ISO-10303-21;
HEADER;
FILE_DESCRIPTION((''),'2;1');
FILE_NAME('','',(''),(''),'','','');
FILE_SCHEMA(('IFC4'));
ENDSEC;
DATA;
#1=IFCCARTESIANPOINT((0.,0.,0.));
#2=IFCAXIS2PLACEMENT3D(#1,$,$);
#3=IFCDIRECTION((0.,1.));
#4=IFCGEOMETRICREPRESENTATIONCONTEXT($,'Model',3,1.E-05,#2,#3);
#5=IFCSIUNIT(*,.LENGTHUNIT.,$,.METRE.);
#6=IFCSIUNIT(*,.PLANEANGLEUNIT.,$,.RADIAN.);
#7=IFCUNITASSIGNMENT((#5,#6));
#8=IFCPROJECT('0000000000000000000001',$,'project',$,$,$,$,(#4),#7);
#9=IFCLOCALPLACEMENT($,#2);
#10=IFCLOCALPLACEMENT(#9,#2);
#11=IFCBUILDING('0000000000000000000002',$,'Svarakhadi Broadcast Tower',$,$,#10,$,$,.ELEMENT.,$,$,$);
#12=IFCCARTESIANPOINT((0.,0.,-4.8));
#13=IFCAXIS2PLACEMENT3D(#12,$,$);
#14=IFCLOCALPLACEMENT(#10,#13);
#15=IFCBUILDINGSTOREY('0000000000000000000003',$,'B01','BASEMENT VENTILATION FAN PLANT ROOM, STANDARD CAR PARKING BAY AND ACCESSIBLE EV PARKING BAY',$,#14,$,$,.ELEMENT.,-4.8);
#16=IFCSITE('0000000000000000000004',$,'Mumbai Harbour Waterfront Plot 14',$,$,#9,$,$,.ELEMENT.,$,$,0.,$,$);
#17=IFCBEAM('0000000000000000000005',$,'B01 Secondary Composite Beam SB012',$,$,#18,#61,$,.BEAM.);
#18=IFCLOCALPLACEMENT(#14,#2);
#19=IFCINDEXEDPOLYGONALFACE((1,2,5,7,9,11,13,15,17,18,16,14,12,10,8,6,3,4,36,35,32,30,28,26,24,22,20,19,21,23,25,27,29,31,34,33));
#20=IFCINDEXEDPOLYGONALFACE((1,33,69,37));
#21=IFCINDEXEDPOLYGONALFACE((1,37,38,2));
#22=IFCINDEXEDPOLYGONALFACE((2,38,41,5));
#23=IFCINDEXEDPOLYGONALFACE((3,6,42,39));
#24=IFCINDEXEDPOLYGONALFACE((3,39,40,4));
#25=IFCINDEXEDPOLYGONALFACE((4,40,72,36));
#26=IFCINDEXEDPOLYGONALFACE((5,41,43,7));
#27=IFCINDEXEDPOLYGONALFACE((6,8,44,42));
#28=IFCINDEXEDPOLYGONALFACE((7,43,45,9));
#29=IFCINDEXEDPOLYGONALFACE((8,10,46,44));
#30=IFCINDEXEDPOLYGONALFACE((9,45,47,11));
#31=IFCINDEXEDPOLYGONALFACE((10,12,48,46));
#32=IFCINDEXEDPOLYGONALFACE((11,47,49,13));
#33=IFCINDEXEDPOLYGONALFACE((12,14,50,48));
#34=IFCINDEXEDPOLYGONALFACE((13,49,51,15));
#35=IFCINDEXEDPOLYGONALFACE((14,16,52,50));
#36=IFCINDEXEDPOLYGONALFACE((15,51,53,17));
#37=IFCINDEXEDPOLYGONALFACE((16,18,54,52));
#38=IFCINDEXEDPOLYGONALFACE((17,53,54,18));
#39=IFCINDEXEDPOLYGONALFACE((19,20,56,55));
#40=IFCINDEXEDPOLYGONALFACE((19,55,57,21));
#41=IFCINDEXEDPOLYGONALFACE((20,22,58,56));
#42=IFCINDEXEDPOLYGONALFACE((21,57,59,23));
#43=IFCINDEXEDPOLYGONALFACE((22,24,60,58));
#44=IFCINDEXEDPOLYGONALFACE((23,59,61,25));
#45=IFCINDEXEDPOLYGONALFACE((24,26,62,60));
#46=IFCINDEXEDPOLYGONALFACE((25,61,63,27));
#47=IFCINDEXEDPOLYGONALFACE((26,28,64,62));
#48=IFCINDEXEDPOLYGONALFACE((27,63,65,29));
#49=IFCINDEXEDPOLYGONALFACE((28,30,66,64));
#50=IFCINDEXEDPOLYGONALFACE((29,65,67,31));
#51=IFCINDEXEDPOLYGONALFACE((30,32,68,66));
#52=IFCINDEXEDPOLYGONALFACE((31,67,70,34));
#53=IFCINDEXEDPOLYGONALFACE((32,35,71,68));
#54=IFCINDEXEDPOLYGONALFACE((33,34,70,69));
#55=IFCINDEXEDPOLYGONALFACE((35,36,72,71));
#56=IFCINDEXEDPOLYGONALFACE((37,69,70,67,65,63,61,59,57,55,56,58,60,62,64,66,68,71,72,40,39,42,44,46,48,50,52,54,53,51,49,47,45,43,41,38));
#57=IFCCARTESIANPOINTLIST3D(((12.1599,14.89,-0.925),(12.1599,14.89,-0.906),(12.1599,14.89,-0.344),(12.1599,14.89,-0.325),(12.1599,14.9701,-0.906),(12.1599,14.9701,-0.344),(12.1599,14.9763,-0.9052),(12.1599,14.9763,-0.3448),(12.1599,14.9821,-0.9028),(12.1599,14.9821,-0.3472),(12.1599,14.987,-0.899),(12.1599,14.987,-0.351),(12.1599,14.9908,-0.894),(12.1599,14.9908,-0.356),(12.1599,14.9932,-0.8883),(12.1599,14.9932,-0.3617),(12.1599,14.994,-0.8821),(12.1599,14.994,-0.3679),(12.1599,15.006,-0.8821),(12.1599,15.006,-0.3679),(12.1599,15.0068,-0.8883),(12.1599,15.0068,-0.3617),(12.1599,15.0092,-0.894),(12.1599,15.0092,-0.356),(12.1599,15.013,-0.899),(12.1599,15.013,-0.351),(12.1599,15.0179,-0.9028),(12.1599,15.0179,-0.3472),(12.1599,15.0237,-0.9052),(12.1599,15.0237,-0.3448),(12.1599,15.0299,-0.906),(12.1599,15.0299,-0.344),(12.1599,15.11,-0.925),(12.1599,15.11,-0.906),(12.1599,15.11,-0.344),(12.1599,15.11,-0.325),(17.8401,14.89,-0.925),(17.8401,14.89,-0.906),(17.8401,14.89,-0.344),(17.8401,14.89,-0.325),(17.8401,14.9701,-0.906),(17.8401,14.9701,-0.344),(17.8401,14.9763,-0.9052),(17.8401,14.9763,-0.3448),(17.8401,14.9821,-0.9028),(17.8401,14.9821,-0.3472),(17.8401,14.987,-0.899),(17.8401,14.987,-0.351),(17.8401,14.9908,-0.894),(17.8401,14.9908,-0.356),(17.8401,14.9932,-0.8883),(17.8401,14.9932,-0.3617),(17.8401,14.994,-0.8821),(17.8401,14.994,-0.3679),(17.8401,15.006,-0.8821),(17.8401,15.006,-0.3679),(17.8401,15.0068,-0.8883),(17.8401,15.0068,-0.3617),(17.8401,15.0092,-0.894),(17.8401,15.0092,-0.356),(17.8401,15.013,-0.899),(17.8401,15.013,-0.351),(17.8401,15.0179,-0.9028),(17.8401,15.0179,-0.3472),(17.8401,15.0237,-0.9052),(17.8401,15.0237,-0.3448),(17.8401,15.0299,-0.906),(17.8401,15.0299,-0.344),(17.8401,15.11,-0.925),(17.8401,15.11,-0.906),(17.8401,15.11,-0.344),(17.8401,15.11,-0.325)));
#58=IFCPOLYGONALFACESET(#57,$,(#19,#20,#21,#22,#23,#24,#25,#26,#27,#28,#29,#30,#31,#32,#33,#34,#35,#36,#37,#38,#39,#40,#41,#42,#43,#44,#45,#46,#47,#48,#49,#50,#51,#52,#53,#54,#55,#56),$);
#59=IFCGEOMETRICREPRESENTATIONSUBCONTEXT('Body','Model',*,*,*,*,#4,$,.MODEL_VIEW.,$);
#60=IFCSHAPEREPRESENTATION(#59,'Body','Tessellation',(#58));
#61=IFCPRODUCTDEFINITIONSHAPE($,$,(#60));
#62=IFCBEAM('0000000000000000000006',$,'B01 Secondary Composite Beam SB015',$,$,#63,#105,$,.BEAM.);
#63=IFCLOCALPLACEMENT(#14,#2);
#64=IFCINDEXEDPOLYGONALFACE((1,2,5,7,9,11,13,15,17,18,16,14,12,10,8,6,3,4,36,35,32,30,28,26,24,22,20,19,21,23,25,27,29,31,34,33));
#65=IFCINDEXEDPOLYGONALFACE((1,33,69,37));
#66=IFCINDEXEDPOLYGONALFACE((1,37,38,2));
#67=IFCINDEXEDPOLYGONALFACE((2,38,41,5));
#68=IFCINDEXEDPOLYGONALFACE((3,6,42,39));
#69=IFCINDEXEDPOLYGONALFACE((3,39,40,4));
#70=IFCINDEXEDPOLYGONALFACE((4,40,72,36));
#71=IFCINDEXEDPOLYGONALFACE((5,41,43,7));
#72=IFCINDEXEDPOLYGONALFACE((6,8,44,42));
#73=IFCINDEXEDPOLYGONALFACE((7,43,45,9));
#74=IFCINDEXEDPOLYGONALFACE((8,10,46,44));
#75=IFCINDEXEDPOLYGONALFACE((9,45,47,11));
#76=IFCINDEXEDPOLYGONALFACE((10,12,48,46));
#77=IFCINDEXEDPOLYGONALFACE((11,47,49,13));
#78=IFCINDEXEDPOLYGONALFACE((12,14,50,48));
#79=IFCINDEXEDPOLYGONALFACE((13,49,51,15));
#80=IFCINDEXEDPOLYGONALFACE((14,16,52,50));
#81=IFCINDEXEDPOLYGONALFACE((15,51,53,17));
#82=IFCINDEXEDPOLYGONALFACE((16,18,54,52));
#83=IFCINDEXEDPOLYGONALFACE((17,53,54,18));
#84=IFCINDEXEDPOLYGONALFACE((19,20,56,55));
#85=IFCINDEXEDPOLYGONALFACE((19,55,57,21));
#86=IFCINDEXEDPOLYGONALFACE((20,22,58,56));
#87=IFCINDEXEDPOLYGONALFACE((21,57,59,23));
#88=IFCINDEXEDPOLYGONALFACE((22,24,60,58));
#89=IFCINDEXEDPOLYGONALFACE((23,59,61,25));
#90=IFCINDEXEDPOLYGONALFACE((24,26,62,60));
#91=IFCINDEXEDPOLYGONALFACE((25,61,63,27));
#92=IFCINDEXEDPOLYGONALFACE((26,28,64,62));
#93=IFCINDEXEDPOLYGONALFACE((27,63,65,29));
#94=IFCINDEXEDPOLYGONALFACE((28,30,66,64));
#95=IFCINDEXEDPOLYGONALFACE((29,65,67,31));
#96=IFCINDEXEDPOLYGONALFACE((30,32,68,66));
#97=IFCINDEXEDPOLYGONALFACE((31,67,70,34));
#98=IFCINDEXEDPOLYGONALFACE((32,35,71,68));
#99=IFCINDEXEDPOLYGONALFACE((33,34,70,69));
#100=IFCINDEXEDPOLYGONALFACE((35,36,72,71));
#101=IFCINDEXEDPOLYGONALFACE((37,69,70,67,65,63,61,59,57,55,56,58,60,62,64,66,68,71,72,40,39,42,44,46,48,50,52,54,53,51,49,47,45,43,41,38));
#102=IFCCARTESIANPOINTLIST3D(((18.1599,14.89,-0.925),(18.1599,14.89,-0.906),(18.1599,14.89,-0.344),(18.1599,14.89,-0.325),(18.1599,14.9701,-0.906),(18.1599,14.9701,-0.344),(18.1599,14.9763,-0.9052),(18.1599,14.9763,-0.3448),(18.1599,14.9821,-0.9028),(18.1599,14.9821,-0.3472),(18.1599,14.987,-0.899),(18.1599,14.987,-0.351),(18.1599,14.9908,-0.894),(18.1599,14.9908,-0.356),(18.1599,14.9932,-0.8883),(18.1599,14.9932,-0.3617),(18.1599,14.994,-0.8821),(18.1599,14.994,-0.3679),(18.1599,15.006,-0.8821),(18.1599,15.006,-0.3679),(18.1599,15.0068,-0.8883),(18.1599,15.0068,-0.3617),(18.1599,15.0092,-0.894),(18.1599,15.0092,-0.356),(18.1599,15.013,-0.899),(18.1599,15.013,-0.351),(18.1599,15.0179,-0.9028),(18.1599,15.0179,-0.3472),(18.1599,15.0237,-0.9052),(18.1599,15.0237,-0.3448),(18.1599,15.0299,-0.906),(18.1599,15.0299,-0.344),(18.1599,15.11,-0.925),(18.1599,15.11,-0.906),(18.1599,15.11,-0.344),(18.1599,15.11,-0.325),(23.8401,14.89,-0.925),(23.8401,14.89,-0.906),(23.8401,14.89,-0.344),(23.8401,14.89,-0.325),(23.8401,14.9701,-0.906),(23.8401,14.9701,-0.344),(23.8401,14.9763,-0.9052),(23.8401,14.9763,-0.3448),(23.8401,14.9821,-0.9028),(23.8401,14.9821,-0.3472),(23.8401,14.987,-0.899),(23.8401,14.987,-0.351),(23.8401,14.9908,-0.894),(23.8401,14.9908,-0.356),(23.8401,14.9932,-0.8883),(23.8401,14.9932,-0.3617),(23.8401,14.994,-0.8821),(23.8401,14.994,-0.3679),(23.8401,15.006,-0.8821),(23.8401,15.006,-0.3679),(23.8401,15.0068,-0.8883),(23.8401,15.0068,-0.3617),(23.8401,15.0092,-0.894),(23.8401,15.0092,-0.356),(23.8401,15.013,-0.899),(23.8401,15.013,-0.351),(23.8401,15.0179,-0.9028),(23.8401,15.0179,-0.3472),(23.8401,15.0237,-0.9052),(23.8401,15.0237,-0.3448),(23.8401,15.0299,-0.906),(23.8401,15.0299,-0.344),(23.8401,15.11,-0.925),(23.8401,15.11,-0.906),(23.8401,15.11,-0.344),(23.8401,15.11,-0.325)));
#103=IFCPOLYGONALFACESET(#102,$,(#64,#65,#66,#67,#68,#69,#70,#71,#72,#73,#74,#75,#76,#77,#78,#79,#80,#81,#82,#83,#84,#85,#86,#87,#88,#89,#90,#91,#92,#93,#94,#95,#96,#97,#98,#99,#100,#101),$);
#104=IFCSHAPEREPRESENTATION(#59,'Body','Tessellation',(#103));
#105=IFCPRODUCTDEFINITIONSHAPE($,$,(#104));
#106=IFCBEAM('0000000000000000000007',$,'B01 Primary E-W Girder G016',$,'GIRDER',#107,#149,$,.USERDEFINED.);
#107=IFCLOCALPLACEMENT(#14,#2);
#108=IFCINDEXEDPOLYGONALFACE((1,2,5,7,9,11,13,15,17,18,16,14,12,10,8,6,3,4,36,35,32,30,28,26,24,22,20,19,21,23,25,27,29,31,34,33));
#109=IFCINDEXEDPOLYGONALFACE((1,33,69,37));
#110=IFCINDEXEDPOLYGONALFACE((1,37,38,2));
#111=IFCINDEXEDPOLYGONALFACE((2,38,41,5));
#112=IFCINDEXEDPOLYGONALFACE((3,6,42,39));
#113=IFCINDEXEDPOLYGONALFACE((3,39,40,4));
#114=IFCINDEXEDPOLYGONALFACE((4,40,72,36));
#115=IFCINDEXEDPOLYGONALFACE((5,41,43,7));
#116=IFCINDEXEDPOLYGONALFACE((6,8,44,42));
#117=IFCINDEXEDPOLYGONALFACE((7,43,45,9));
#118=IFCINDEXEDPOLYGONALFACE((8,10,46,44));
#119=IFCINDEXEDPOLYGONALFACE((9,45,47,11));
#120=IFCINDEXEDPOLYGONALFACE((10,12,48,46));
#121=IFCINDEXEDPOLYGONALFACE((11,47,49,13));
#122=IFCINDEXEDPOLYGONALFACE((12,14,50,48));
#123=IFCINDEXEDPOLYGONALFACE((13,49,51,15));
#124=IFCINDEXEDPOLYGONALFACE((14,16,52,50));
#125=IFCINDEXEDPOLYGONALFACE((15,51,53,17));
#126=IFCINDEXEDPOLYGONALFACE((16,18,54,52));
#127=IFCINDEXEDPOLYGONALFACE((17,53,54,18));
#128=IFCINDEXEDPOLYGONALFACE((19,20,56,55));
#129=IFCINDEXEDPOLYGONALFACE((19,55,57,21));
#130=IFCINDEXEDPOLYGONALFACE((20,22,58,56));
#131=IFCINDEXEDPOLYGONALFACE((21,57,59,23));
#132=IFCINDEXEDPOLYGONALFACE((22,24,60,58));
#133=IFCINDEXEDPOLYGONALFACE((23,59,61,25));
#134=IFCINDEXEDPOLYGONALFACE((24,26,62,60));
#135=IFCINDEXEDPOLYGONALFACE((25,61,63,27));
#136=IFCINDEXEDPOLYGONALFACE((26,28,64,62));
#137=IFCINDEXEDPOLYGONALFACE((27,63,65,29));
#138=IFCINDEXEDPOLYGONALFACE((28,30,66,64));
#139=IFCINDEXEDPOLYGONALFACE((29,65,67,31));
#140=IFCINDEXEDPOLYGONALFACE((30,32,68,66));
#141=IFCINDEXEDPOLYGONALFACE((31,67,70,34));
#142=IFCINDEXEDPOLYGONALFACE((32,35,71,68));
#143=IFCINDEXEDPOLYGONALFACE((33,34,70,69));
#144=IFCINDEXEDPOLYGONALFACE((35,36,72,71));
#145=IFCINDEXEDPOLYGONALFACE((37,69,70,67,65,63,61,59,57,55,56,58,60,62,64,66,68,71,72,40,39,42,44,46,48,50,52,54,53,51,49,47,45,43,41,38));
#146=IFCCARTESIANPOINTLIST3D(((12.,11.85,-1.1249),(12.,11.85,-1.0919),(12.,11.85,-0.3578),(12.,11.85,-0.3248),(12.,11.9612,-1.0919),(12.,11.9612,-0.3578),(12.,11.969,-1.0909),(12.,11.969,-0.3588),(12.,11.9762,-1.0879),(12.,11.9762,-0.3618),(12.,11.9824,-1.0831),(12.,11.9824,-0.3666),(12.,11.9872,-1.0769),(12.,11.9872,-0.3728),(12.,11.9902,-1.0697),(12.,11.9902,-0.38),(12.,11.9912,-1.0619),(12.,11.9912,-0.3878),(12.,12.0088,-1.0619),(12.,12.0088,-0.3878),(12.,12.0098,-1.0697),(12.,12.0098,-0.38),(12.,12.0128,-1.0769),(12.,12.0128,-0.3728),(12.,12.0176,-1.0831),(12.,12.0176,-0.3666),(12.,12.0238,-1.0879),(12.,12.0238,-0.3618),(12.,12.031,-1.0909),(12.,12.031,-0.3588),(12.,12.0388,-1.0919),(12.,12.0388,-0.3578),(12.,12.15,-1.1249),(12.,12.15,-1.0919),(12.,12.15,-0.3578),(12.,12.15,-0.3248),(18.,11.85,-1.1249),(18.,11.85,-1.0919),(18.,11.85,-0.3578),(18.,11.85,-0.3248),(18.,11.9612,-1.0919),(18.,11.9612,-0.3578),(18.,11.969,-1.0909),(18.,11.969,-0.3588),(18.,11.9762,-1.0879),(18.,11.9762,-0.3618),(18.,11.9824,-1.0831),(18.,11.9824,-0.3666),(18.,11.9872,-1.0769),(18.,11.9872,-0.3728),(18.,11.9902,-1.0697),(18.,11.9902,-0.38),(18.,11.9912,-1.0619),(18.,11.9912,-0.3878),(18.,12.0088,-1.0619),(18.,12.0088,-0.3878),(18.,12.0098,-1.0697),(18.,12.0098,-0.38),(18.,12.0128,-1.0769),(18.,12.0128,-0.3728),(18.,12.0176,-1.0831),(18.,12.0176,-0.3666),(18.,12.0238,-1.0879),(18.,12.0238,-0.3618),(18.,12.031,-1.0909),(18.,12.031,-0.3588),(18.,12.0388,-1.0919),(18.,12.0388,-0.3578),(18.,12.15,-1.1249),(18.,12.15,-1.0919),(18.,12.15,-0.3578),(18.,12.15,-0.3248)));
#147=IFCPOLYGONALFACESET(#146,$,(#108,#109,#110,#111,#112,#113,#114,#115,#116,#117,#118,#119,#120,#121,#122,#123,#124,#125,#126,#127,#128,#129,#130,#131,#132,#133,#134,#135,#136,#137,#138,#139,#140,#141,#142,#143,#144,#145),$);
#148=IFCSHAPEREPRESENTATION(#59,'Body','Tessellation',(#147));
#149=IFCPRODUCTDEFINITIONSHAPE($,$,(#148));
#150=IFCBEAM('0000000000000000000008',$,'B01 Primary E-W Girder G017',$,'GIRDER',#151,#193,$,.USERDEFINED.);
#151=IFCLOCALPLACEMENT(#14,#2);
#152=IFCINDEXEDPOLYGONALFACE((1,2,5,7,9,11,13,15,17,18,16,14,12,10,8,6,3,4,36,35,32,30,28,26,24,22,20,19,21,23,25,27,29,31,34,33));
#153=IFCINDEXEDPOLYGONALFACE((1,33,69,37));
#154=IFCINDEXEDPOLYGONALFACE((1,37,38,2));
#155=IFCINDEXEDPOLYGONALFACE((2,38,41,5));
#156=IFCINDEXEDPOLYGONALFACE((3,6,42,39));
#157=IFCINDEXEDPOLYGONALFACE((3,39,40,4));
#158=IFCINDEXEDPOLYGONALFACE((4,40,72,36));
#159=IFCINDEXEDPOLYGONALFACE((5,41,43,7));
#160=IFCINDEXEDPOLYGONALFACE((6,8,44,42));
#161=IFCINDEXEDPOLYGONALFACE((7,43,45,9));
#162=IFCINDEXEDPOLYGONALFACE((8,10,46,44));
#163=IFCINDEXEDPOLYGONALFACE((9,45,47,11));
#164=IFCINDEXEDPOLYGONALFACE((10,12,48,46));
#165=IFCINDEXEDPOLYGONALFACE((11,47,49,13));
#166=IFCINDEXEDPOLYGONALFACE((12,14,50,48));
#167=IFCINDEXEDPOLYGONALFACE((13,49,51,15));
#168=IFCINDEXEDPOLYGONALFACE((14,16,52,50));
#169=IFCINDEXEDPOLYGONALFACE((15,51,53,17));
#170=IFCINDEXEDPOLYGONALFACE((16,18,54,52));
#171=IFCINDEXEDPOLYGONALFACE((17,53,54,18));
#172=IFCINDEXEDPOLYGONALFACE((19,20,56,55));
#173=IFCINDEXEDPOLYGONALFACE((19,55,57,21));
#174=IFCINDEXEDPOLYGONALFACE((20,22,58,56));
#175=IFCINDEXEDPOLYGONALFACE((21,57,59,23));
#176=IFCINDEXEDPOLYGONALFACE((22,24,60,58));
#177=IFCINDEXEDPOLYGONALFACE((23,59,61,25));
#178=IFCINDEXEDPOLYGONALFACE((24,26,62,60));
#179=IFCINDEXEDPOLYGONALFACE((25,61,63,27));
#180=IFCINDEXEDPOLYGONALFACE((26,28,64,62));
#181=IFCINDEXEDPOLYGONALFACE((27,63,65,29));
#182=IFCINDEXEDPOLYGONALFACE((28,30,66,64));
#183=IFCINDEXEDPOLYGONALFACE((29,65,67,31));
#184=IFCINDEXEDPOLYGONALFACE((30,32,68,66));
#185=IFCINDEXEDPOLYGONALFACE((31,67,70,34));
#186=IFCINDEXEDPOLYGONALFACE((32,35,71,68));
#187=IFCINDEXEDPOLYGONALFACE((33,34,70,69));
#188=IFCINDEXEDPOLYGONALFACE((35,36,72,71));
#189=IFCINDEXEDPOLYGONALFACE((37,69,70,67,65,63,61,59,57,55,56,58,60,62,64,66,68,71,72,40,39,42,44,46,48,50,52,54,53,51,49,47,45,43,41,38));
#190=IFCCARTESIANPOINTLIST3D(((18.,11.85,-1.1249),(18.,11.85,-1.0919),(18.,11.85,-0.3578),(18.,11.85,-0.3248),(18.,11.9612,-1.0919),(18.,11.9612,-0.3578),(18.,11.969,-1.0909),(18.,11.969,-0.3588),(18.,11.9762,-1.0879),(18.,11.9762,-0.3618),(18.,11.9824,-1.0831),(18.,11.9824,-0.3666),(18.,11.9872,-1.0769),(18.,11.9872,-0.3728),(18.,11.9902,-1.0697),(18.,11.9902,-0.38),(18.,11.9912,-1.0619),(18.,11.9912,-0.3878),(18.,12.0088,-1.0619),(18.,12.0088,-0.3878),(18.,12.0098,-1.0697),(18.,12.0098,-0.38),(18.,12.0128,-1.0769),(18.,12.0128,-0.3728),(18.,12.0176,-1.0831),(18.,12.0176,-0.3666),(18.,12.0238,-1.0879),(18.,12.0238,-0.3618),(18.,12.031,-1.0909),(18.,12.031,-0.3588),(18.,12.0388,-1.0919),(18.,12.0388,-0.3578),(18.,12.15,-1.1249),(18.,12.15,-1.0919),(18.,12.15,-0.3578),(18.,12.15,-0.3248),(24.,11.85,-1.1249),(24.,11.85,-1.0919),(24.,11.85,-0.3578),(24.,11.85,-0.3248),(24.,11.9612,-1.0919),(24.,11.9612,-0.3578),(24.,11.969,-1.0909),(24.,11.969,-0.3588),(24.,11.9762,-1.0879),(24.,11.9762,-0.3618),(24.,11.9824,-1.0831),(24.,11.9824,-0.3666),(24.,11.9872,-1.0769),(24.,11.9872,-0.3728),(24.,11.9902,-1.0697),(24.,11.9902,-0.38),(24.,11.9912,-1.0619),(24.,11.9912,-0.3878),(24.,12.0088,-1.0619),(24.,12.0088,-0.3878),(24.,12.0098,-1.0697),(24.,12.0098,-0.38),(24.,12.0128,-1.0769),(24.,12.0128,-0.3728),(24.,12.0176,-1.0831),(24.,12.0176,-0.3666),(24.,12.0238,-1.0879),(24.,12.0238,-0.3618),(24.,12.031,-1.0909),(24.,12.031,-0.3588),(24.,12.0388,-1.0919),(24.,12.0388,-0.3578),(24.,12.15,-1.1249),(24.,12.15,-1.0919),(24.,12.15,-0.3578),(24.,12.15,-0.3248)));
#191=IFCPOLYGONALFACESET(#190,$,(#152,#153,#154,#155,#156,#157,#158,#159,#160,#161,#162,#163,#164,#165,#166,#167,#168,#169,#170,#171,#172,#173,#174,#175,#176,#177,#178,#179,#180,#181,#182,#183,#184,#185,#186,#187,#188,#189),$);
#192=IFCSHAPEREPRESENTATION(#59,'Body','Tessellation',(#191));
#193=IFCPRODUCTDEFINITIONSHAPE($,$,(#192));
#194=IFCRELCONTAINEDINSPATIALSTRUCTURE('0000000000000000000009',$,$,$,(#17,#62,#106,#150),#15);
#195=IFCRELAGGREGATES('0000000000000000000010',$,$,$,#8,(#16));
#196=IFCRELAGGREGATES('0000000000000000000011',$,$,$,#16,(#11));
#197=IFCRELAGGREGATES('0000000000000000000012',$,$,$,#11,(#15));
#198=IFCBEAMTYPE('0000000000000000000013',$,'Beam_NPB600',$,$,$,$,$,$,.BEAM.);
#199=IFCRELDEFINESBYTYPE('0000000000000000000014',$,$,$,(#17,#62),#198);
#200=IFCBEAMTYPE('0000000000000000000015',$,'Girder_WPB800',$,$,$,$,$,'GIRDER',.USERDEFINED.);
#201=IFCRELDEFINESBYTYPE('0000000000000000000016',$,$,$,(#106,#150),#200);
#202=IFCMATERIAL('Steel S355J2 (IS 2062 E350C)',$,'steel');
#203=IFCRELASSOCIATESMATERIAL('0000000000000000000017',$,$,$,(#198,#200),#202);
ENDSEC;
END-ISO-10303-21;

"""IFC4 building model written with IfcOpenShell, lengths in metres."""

from ifc_helpers import new_model, si_unit, direction, frame, origin, origin_2d, place, context, subcontext, project, spatial, i_section, extrude, material, material_profile, profile_set, type_object, element, save


model = new_model("IFC4")

# Units and contexts
model_context = context("Model", 3, precision=1e-05, world=origin(), true_north=direction((0.0, 1.0)))
body_context = subcontext(model_context, "Body", "Model", "MODEL_VIEW")
ifc_project = project(units=[si_unit("LENGTHUNIT", "METRE"), si_unit("PLANEANGLEUNIT", "RADIAN")], contexts=[model_context])

# Site, building, storey
site_placement = place(None, origin())
site = spatial("IfcSite", under=ifc_project, at=site_placement, Name="Mumbai Harbour Waterfront Plot 14", CompositionType="ELEMENT", RefElevation=0.0)
building_placement = place(site_placement, origin())
building = spatial("IfcBuilding", under=site, at=building_placement, Name="Svarakhadi Broadcast Tower", CompositionType="ELEMENT")
storey_placement = place(building_placement, frame((0.0, 0.0, -4.8)))
storey = spatial("IfcBuildingStorey", under=building, at=storey_placement, Name="B01", Description="BASEMENT VENTILATION FAN PLANT ROOM, STANDARD CAR PARKING BAY AND ACCESSIBLE EV PARKING BAY", CompositionType="ELEMENT", Elevation=-4.8)

# Beams
ifc_material_1 = material(Name="Steel S355J2 (IS 2062 E350C)", Category="steel")
ifc_material_profile_1 = material_profile(ifc_material_1, i_section(OverallWidth=0.22, OverallDepth=0.6001, WebThickness=0.012, FlangeThickness=0.019, FilletRadius=0.0239, at=origin_2d()), Name="NPB 600x220x122")
ifc_profile_set_1 = profile_set([ifc_material_profile_1], Name="Steel S355J2 (IS 2062 E350C)")
beam_type_1 = type_object("IfcBeamType", Name="Beam_NPB600", PredefinedType="BEAM", material=ifc_profile_set_1)
for number, where, z_axis, x_axis, name in (
    (1, (12.1599, 15.0, -0.625), (1.0, 0.0, 0.0), (0.0, 1.0, 0.0), "B01 Secondary Composite Beam SB012"),
    (2, (18.1599, 15.0, -0.625), (1.0, 0.0, 0.0), (0.0, 1.0, 0.0), "B01 Secondary Composite Beam SB015"),
):
    element("IfcBeam", number, at=place(storey_placement, frame(where, z_axis=z_axis, x_axis=x_axis)), inside=storey, type_object=beam_type_1, Name=name, PredefinedType="BEAM", context=body_context, shape_type="SweptSolid", body=[
        extrude(i_section(OverallWidth=0.22, OverallDepth=0.6001, WebThickness=0.012, FlangeThickness=0.019, FilletRadius=0.0239, at=origin_2d()), origin(), (0.0, 0.0, 1.0), 5.6802),
    ])
ifc_material_profile_2 = material_profile(ifc_material_1, i_section(OverallWidth=0.3, OverallDepth=0.8, WebThickness=0.0176, FlangeThickness=0.033, FilletRadius=0.03, at=origin_2d()), Name="WPB 800x300x262")
ifc_profile_set_2 = profile_set([ifc_material_profile_2], Name="Steel S355J2 (IS 2062 E350C)")
beam_type_2 = type_object("IfcBeamType", Name="Girder_WPB800", ElementType="GIRDER", PredefinedType="USERDEFINED", material=ifc_profile_set_2)
for number, where, z_axis, x_axis, name in (
    (3, (12.0, 12.0, -0.7249), (1.0, 0.0, 0.0), (0.0, 1.0, 0.0), "B01 Primary E-W Girder G016"),
    (4, (18.0, 12.0, -0.7249), (1.0, 0.0, 0.0), (0.0, 1.0, 0.0), "B01 Primary E-W Girder G017"),
):
    element("IfcBeam", number, at=place(storey_placement, frame(where, z_axis=z_axis, x_axis=x_axis)), inside=storey, type_object=beam_type_2, Name=name, ObjectType="GIRDER", PredefinedType="USERDEFINED", context=body_context, shape_type="SweptSolid", body=[
        extrude(i_section(OverallWidth=0.3, OverallDepth=0.8, WebThickness=0.0176, FlangeThickness=0.033, FilletRadius=0.03, at=origin_2d()), origin(), (0.0, 0.0, 1.0), 6.0),
    ])

save(model, "model.ifc")
